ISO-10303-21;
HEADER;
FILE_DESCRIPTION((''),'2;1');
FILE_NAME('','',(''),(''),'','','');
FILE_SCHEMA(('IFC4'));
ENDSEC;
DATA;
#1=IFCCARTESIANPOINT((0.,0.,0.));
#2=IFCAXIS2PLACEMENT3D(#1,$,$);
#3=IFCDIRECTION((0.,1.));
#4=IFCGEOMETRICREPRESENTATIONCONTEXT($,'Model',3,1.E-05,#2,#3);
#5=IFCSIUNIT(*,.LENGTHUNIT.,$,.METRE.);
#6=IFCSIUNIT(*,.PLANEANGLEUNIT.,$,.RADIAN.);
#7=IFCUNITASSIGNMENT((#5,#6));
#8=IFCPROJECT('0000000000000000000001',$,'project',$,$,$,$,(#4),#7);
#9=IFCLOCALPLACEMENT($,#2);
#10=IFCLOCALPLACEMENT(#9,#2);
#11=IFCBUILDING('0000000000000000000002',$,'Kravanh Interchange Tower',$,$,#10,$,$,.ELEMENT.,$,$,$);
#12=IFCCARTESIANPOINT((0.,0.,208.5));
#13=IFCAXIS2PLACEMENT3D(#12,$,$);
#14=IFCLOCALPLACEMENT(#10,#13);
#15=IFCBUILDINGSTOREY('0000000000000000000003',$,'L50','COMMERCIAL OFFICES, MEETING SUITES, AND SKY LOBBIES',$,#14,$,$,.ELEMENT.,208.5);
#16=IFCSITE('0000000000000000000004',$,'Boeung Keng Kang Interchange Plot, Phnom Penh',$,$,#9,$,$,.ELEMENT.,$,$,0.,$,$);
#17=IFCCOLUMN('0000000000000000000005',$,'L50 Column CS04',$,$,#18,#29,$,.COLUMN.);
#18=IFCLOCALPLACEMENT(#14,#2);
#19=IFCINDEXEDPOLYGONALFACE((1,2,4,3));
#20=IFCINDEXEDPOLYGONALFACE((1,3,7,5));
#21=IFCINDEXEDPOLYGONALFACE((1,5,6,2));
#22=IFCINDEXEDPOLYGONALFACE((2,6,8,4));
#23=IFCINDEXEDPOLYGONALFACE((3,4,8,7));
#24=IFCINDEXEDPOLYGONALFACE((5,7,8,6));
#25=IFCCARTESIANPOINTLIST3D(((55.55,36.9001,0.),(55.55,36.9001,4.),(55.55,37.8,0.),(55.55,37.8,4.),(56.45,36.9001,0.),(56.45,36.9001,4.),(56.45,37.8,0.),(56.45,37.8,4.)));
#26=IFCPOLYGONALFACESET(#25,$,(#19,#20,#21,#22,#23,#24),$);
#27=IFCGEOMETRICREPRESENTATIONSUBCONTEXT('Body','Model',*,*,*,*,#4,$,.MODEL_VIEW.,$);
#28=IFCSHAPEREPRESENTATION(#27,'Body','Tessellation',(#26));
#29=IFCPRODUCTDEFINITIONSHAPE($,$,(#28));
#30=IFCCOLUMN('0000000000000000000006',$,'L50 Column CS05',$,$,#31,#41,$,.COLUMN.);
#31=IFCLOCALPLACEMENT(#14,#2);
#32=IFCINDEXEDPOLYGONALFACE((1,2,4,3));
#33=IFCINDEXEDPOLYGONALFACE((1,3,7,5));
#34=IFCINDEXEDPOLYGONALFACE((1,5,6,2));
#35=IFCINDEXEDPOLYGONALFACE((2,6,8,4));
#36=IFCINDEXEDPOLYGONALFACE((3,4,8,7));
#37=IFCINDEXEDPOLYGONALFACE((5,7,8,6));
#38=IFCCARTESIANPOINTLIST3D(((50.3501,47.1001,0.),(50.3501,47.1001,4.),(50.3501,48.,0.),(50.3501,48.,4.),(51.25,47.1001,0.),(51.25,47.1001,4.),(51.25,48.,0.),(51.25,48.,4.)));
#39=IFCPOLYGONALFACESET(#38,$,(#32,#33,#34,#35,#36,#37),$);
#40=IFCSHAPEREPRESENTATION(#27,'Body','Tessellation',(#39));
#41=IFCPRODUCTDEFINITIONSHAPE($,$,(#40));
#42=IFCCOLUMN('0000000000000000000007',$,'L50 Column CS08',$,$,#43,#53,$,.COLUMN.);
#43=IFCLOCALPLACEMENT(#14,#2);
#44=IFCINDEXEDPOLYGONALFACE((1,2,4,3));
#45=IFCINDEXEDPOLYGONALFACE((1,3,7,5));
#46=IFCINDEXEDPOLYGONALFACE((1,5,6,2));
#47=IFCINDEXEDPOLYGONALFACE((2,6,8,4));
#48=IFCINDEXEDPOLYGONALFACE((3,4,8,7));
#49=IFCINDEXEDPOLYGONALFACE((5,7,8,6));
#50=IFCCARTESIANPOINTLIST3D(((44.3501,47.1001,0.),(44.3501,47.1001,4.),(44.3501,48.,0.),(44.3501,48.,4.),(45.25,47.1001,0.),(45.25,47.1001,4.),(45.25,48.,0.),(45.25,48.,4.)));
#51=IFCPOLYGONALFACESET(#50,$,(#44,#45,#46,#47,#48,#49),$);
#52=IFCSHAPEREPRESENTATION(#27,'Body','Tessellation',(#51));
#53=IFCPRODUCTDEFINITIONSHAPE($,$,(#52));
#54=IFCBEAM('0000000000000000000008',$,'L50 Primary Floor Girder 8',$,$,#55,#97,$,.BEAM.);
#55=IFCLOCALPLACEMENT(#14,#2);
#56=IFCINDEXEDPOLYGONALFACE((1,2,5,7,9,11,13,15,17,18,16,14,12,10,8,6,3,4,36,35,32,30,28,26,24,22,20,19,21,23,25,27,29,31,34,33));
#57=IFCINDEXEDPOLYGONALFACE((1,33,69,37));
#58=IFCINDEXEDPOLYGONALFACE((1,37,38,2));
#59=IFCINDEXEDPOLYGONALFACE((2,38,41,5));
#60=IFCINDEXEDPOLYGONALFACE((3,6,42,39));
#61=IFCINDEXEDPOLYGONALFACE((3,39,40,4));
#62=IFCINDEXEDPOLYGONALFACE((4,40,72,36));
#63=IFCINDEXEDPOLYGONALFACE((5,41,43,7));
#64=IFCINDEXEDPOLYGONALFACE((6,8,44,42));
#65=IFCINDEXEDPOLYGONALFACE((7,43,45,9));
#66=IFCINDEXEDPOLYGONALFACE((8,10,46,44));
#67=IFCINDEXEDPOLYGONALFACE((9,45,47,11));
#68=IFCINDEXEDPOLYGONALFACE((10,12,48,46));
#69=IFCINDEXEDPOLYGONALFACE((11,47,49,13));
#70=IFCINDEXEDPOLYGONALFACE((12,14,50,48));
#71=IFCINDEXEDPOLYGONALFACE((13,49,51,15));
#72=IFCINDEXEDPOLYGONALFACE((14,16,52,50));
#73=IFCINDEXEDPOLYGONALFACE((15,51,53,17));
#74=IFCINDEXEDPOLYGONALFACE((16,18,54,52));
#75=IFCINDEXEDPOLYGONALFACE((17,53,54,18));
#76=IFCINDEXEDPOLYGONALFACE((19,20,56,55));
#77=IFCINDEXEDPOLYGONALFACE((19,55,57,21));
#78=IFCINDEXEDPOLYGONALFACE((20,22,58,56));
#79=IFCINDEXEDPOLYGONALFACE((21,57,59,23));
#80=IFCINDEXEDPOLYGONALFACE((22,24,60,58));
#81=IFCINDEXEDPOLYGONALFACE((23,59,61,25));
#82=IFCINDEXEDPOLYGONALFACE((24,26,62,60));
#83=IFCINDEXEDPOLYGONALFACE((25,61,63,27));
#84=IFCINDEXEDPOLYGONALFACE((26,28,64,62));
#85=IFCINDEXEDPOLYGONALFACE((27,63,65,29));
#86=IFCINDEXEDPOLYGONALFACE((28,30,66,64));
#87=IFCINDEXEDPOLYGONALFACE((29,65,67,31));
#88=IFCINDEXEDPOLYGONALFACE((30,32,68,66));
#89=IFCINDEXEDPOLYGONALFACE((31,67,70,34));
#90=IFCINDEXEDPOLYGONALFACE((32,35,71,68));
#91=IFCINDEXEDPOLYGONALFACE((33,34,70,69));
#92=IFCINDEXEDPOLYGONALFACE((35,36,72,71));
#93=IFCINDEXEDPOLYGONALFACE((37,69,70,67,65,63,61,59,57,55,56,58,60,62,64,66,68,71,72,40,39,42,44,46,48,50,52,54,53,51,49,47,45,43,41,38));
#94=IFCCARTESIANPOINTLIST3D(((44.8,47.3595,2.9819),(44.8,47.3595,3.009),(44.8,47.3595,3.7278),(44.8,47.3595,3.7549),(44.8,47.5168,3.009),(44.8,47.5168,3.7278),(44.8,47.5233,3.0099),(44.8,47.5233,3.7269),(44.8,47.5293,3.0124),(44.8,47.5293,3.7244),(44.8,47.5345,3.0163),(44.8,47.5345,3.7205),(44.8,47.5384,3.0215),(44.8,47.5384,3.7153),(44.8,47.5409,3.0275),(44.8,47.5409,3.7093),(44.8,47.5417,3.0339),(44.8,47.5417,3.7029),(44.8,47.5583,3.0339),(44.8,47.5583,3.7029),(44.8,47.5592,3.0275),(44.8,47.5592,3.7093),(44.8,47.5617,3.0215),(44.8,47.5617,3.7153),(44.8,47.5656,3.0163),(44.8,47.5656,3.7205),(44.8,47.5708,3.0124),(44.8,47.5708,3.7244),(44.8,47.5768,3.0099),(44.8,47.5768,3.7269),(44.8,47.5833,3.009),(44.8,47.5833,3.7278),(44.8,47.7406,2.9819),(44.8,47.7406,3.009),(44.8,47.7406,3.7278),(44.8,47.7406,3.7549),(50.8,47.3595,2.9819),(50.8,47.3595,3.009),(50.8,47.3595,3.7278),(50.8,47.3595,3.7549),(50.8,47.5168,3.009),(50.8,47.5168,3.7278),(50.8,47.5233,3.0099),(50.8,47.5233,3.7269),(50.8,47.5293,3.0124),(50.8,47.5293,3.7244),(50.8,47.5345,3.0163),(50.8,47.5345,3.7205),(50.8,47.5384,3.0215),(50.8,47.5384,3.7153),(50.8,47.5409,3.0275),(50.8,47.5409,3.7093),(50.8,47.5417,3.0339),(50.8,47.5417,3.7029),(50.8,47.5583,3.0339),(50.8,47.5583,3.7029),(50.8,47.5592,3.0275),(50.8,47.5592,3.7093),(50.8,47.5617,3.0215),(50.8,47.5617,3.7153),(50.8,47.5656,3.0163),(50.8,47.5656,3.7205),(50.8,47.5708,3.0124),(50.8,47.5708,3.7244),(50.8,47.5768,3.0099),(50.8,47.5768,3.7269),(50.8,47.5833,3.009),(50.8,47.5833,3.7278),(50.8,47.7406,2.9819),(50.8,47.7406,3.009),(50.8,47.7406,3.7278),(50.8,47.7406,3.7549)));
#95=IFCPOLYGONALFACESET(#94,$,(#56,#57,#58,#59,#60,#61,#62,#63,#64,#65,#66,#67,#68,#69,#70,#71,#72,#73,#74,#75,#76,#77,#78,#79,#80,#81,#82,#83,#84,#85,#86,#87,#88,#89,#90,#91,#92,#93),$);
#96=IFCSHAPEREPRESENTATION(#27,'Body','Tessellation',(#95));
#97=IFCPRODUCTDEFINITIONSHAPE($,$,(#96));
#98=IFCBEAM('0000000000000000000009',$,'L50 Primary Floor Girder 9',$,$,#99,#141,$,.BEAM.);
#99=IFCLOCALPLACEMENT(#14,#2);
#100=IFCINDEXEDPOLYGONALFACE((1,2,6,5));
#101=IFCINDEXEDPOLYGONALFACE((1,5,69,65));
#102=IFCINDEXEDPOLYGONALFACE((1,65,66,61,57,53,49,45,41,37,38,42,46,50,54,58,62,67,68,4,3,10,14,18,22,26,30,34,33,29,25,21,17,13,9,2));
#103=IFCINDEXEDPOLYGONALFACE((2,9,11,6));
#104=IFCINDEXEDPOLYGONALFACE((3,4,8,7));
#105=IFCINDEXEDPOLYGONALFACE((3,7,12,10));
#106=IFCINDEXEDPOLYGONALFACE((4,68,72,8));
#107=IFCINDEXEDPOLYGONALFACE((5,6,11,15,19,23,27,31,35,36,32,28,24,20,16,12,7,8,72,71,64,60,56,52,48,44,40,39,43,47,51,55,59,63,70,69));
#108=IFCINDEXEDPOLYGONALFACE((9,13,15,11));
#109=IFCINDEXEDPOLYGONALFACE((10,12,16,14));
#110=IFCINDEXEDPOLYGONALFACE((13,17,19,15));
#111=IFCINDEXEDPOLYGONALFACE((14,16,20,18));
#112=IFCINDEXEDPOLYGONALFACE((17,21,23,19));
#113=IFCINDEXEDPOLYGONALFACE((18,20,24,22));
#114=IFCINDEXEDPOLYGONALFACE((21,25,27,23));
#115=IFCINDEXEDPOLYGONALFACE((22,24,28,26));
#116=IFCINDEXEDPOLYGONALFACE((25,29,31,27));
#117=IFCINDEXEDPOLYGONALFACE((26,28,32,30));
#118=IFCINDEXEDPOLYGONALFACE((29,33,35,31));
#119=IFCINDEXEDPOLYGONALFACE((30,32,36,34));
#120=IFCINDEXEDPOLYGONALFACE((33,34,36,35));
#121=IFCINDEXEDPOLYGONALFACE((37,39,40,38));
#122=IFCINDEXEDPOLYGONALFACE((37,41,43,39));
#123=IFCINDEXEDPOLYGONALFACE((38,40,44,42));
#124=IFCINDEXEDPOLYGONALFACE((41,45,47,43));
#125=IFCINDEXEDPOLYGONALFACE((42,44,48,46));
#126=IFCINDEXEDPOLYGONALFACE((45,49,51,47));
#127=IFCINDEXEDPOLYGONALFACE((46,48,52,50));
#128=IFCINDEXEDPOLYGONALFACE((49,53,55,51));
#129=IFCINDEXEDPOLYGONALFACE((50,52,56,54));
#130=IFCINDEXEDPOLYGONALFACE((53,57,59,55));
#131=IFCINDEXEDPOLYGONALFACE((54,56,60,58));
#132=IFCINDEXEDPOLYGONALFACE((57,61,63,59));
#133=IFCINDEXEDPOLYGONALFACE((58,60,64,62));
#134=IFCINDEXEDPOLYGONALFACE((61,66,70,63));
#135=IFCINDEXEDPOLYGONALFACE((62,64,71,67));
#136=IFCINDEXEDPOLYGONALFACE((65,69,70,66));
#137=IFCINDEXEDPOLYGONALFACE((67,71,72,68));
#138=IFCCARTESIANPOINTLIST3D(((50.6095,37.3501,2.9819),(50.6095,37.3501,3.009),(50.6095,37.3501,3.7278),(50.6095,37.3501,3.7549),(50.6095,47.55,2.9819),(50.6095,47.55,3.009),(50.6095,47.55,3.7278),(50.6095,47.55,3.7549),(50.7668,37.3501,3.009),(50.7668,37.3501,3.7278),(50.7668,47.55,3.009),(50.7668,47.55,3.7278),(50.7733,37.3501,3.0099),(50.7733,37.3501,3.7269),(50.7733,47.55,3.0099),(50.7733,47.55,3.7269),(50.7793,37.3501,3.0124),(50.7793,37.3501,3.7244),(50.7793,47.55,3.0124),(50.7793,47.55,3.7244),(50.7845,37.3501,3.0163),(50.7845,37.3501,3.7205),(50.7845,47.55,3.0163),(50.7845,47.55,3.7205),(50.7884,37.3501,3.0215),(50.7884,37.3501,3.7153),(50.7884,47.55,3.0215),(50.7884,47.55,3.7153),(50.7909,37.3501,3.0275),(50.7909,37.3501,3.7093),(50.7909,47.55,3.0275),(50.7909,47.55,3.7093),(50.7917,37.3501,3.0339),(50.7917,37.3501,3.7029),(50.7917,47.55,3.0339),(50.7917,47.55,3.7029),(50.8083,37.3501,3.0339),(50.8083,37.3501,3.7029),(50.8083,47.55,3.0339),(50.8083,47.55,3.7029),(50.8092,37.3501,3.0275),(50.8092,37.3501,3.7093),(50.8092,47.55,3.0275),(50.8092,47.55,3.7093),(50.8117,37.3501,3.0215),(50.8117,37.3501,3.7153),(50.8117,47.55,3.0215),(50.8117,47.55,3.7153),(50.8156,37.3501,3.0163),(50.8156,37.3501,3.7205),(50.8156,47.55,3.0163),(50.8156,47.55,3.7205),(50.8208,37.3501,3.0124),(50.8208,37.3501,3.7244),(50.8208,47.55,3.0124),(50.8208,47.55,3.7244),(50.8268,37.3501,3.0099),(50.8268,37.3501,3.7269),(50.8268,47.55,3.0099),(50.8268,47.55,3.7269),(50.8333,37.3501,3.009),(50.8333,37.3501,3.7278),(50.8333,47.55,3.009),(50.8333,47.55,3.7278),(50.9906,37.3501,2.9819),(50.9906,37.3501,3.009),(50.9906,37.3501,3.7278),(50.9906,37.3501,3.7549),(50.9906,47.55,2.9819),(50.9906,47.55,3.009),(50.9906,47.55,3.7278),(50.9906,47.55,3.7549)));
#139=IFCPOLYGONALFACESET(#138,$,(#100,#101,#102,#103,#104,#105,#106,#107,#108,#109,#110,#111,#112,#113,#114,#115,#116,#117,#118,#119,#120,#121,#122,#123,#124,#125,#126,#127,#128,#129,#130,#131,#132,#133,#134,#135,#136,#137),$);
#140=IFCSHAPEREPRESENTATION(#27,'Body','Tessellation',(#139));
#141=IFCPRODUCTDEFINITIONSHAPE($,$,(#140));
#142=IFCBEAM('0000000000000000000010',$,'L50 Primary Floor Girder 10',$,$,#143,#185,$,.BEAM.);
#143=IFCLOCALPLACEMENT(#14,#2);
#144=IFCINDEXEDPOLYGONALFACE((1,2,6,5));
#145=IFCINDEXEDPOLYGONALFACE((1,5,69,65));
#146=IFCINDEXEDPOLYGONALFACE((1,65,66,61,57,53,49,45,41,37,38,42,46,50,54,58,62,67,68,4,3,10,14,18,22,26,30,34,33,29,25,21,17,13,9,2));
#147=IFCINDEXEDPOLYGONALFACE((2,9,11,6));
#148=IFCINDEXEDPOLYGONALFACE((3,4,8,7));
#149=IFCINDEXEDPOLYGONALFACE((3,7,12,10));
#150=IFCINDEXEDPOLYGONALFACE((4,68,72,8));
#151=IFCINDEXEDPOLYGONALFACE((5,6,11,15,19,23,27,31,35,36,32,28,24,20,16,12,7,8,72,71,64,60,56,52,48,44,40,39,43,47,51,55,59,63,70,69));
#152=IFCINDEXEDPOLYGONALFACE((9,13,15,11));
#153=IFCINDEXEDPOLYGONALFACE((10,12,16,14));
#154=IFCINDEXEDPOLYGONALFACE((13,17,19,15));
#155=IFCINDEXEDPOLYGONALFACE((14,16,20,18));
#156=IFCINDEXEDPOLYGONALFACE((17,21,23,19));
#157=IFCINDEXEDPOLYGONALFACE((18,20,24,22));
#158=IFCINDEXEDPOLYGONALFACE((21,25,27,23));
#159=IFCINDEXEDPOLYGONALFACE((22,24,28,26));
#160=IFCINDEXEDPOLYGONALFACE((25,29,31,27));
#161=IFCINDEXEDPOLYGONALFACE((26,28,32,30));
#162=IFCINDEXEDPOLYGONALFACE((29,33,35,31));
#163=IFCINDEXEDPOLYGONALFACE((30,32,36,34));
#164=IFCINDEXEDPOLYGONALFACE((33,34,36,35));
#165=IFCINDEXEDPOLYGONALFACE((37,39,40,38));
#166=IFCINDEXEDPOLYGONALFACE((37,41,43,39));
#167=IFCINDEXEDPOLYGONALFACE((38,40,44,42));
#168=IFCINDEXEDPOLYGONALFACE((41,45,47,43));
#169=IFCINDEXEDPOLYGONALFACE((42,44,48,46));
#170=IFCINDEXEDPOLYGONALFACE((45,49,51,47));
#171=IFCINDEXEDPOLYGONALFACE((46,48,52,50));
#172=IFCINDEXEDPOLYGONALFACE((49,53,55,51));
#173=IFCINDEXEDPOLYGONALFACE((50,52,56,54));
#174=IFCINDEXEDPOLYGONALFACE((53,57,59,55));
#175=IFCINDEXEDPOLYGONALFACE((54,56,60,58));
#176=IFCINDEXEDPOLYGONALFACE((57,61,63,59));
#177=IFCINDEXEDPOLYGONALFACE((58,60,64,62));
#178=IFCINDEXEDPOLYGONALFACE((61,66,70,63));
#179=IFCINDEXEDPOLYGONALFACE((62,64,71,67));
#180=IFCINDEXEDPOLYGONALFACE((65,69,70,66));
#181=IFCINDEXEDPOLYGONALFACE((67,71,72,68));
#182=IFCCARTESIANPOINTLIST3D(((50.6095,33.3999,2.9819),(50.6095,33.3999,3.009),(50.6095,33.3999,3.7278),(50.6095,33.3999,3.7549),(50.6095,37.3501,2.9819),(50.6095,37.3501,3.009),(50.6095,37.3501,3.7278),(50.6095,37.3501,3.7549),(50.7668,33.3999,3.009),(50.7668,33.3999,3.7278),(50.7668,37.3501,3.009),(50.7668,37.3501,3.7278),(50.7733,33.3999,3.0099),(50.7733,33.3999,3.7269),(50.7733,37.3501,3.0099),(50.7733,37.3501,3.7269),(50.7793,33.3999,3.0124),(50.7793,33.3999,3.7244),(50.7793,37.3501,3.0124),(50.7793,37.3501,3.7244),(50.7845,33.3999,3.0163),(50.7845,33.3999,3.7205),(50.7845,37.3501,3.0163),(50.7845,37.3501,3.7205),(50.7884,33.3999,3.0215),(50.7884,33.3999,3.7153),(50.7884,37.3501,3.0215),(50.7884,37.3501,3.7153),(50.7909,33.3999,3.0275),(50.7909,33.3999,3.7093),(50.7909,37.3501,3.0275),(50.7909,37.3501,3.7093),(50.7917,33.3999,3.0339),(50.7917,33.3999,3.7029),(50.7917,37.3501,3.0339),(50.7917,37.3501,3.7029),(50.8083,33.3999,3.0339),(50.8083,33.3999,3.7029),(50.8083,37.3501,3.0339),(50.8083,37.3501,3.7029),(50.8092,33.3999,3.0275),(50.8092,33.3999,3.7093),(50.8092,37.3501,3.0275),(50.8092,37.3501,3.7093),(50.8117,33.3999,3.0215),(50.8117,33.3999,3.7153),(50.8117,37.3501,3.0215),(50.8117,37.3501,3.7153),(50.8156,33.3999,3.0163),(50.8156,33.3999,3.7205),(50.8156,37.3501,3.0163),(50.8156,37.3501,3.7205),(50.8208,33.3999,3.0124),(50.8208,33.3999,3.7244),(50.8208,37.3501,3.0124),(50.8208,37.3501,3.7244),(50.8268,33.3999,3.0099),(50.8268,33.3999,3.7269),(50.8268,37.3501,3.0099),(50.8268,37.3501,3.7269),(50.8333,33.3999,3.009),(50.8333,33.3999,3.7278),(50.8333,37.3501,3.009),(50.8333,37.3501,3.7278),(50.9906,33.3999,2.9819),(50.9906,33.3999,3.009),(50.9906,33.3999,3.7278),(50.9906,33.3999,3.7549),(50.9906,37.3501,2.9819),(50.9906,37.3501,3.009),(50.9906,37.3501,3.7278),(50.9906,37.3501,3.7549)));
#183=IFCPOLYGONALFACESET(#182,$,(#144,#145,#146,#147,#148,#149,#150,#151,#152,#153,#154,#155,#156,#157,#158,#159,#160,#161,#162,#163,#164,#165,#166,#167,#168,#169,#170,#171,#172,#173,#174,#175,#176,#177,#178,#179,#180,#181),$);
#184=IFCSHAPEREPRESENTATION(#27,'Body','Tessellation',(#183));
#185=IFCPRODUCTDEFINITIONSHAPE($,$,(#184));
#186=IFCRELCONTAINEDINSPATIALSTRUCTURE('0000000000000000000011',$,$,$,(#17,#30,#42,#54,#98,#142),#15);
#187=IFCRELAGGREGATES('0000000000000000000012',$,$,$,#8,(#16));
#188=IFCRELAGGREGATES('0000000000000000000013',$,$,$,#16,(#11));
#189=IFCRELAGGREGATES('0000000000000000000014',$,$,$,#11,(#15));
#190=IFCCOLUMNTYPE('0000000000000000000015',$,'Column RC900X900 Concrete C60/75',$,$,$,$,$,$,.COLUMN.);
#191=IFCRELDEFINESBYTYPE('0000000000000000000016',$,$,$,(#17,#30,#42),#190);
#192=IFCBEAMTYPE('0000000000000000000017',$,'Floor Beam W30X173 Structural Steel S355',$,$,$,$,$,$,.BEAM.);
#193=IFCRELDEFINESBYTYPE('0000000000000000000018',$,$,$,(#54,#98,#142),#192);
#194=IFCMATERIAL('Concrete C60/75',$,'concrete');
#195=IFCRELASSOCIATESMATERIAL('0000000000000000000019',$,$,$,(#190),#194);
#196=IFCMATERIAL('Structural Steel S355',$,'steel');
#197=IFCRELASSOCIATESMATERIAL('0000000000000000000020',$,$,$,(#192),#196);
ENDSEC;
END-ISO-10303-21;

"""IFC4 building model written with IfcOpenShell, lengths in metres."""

from ifc_helpers import new_model, si_unit, direction, frame, origin, origin_2d, place, context, subcontext, project, spatial, rectangle, i_section, extrude, material, material_profile, profile_set, type_object, element, save


model = new_model("IFC4")

# Units and contexts
model_context = context("Model", 3, precision=1e-05, world=origin(), true_north=direction((0.0, 1.0)))
body_context = subcontext(model_context, "Body", "Model", "MODEL_VIEW")
ifc_project = project(units=[si_unit("LENGTHUNIT", "METRE"), si_unit("PLANEANGLEUNIT", "RADIAN")], contexts=[model_context])

# Site, building, storey
site_placement = place(None, origin())
site = spatial("IfcSite", under=ifc_project, at=site_placement, Name="Boeung Keng Kang Interchange Plot, Phnom Penh", CompositionType="ELEMENT", RefElevation=0.0)
building_placement = place(site_placement, origin())
building = spatial("IfcBuilding", under=site, at=building_placement, Name="Kravanh Interchange Tower", CompositionType="ELEMENT")
storey_placement = place(building_placement, frame((0.0, 0.0, 208.5)))
storey = spatial("IfcBuildingStorey", under=building, at=storey_placement, Name="L50", Description="COMMERCIAL OFFICES, MEETING SUITES, AND SKY LOBBIES", CompositionType="ELEMENT", Elevation=208.5)

# Columns
ifc_material_1 = material(Name="Concrete C60/75", Category="concrete")
ifc_material_profile_1 = material_profile(ifc_material_1, rectangle(XDim=0.8999, YDim=0.8999, at=origin_2d()), Name="RC900X900")
ifc_profile_set_1 = profile_set([ifc_material_profile_1], Name="Concrete C60/75")
column_type = type_object("IfcColumnType", Name="Column RC900X900 Concrete C60/75", PredefinedType="COLUMN", material=ifc_profile_set_1)
for number, where, z_axis, x_axis, name in (
    (1, (56.0, 37.3501, 0.0), (0.0, 0.0, 1.0), (1.0, 0.0, 0.0), "L50 Column CS04"),
    (2, (50.8, 47.55, 0.0), (0.0, 0.0, 1.0), (1.0, 0.0, 0.0), "L50 Column CS05"),
    (3, (44.8, 47.55, 0.0), (0.0, 0.0, 1.0), (1.0, 0.0, 0.0), "L50 Column CS08"),
):
    element("IfcColumn", number, at=place(storey_placement, frame(where, z_axis=z_axis, x_axis=x_axis)), inside=storey, type_object=column_type, Name=name, PredefinedType="COLUMN", context=body_context, shape_type="SweptSolid", body=[
        extrude(rectangle(XDim=0.8999, YDim=0.8999, at=origin_2d()), origin(), (0.0, 0.0, 1.0), 4.0),
    ])

# Beams
ifc_material_2 = material(Name="Structural Steel S355", Category="steel")
ifc_material_profile_2 = material_profile(ifc_material_2, i_section(OverallWidth=0.3811, OverallDepth=0.7729, WebThickness=0.0166, FlangeThickness=0.0271, FilletRadius=0.0249, at=origin_2d()), Name="W30X173")
ifc_profile_set_2 = profile_set([ifc_material_profile_2], Name="Structural Steel S355")
beam_type_1 = type_object("IfcBeamType", Name="Floor Beam W30X173 Structural Steel S355", PredefinedType="BEAM", material=ifc_profile_set_2)
beam_1_placement = place(storey_placement, frame((50.8, 47.55, 3.3684), z_axis=(-1.0, 0.0, 0.0), x_axis=(0.0, -1.0, 0.0)))
element("IfcBeam", 4, at=beam_1_placement, inside=storey, type_object=beam_type_1, Name="L50 Primary Floor Girder 8", PredefinedType="BEAM", context=body_context, shape_type="SweptSolid", body=[
    extrude(i_section(OverallWidth=0.3811, OverallDepth=0.7729, WebThickness=0.0166, FlangeThickness=0.0271, FilletRadius=0.0249, at=origin_2d()), origin(), (0.0, 0.0, 1.0), 6.0),
])
beam_2_placement = place(storey_placement, frame((50.8, 47.55, 3.3684), z_axis=(0.0, -1.0, 0.0), x_axis=(1.0, 0.0, 0.0)))
element("IfcBeam", 5, at=beam_2_placement, inside=storey, type_object=beam_type_1, Name="L50 Primary Floor Girder 9", PredefinedType="BEAM", context=body_context, shape_type="SweptSolid", body=[
    extrude(i_section(OverallWidth=0.3811, OverallDepth=0.7729, WebThickness=0.0166, FlangeThickness=0.0271, FilletRadius=0.0249, at=origin_2d()), origin(), (0.0, 0.0, 1.0), 10.2),
])
beam_3_placement = place(storey_placement, frame((50.8, 37.3501, 3.3684), z_axis=(0.0, -1.0, 0.0), x_axis=(1.0, 0.0, 0.0)))
element("IfcBeam", 6, at=beam_3_placement, inside=storey, type_object=beam_type_1, Name="L50 Primary Floor Girder 10", PredefinedType="BEAM", context=body_context, shape_type="SweptSolid", body=[
    extrude(i_section(OverallWidth=0.3811, OverallDepth=0.7729, WebThickness=0.0166, FlangeThickness=0.0271, FilletRadius=0.0249, at=origin_2d()), origin(), (0.0, 0.0, 1.0), 3.9502),
])

save(model, "model.ifc")
